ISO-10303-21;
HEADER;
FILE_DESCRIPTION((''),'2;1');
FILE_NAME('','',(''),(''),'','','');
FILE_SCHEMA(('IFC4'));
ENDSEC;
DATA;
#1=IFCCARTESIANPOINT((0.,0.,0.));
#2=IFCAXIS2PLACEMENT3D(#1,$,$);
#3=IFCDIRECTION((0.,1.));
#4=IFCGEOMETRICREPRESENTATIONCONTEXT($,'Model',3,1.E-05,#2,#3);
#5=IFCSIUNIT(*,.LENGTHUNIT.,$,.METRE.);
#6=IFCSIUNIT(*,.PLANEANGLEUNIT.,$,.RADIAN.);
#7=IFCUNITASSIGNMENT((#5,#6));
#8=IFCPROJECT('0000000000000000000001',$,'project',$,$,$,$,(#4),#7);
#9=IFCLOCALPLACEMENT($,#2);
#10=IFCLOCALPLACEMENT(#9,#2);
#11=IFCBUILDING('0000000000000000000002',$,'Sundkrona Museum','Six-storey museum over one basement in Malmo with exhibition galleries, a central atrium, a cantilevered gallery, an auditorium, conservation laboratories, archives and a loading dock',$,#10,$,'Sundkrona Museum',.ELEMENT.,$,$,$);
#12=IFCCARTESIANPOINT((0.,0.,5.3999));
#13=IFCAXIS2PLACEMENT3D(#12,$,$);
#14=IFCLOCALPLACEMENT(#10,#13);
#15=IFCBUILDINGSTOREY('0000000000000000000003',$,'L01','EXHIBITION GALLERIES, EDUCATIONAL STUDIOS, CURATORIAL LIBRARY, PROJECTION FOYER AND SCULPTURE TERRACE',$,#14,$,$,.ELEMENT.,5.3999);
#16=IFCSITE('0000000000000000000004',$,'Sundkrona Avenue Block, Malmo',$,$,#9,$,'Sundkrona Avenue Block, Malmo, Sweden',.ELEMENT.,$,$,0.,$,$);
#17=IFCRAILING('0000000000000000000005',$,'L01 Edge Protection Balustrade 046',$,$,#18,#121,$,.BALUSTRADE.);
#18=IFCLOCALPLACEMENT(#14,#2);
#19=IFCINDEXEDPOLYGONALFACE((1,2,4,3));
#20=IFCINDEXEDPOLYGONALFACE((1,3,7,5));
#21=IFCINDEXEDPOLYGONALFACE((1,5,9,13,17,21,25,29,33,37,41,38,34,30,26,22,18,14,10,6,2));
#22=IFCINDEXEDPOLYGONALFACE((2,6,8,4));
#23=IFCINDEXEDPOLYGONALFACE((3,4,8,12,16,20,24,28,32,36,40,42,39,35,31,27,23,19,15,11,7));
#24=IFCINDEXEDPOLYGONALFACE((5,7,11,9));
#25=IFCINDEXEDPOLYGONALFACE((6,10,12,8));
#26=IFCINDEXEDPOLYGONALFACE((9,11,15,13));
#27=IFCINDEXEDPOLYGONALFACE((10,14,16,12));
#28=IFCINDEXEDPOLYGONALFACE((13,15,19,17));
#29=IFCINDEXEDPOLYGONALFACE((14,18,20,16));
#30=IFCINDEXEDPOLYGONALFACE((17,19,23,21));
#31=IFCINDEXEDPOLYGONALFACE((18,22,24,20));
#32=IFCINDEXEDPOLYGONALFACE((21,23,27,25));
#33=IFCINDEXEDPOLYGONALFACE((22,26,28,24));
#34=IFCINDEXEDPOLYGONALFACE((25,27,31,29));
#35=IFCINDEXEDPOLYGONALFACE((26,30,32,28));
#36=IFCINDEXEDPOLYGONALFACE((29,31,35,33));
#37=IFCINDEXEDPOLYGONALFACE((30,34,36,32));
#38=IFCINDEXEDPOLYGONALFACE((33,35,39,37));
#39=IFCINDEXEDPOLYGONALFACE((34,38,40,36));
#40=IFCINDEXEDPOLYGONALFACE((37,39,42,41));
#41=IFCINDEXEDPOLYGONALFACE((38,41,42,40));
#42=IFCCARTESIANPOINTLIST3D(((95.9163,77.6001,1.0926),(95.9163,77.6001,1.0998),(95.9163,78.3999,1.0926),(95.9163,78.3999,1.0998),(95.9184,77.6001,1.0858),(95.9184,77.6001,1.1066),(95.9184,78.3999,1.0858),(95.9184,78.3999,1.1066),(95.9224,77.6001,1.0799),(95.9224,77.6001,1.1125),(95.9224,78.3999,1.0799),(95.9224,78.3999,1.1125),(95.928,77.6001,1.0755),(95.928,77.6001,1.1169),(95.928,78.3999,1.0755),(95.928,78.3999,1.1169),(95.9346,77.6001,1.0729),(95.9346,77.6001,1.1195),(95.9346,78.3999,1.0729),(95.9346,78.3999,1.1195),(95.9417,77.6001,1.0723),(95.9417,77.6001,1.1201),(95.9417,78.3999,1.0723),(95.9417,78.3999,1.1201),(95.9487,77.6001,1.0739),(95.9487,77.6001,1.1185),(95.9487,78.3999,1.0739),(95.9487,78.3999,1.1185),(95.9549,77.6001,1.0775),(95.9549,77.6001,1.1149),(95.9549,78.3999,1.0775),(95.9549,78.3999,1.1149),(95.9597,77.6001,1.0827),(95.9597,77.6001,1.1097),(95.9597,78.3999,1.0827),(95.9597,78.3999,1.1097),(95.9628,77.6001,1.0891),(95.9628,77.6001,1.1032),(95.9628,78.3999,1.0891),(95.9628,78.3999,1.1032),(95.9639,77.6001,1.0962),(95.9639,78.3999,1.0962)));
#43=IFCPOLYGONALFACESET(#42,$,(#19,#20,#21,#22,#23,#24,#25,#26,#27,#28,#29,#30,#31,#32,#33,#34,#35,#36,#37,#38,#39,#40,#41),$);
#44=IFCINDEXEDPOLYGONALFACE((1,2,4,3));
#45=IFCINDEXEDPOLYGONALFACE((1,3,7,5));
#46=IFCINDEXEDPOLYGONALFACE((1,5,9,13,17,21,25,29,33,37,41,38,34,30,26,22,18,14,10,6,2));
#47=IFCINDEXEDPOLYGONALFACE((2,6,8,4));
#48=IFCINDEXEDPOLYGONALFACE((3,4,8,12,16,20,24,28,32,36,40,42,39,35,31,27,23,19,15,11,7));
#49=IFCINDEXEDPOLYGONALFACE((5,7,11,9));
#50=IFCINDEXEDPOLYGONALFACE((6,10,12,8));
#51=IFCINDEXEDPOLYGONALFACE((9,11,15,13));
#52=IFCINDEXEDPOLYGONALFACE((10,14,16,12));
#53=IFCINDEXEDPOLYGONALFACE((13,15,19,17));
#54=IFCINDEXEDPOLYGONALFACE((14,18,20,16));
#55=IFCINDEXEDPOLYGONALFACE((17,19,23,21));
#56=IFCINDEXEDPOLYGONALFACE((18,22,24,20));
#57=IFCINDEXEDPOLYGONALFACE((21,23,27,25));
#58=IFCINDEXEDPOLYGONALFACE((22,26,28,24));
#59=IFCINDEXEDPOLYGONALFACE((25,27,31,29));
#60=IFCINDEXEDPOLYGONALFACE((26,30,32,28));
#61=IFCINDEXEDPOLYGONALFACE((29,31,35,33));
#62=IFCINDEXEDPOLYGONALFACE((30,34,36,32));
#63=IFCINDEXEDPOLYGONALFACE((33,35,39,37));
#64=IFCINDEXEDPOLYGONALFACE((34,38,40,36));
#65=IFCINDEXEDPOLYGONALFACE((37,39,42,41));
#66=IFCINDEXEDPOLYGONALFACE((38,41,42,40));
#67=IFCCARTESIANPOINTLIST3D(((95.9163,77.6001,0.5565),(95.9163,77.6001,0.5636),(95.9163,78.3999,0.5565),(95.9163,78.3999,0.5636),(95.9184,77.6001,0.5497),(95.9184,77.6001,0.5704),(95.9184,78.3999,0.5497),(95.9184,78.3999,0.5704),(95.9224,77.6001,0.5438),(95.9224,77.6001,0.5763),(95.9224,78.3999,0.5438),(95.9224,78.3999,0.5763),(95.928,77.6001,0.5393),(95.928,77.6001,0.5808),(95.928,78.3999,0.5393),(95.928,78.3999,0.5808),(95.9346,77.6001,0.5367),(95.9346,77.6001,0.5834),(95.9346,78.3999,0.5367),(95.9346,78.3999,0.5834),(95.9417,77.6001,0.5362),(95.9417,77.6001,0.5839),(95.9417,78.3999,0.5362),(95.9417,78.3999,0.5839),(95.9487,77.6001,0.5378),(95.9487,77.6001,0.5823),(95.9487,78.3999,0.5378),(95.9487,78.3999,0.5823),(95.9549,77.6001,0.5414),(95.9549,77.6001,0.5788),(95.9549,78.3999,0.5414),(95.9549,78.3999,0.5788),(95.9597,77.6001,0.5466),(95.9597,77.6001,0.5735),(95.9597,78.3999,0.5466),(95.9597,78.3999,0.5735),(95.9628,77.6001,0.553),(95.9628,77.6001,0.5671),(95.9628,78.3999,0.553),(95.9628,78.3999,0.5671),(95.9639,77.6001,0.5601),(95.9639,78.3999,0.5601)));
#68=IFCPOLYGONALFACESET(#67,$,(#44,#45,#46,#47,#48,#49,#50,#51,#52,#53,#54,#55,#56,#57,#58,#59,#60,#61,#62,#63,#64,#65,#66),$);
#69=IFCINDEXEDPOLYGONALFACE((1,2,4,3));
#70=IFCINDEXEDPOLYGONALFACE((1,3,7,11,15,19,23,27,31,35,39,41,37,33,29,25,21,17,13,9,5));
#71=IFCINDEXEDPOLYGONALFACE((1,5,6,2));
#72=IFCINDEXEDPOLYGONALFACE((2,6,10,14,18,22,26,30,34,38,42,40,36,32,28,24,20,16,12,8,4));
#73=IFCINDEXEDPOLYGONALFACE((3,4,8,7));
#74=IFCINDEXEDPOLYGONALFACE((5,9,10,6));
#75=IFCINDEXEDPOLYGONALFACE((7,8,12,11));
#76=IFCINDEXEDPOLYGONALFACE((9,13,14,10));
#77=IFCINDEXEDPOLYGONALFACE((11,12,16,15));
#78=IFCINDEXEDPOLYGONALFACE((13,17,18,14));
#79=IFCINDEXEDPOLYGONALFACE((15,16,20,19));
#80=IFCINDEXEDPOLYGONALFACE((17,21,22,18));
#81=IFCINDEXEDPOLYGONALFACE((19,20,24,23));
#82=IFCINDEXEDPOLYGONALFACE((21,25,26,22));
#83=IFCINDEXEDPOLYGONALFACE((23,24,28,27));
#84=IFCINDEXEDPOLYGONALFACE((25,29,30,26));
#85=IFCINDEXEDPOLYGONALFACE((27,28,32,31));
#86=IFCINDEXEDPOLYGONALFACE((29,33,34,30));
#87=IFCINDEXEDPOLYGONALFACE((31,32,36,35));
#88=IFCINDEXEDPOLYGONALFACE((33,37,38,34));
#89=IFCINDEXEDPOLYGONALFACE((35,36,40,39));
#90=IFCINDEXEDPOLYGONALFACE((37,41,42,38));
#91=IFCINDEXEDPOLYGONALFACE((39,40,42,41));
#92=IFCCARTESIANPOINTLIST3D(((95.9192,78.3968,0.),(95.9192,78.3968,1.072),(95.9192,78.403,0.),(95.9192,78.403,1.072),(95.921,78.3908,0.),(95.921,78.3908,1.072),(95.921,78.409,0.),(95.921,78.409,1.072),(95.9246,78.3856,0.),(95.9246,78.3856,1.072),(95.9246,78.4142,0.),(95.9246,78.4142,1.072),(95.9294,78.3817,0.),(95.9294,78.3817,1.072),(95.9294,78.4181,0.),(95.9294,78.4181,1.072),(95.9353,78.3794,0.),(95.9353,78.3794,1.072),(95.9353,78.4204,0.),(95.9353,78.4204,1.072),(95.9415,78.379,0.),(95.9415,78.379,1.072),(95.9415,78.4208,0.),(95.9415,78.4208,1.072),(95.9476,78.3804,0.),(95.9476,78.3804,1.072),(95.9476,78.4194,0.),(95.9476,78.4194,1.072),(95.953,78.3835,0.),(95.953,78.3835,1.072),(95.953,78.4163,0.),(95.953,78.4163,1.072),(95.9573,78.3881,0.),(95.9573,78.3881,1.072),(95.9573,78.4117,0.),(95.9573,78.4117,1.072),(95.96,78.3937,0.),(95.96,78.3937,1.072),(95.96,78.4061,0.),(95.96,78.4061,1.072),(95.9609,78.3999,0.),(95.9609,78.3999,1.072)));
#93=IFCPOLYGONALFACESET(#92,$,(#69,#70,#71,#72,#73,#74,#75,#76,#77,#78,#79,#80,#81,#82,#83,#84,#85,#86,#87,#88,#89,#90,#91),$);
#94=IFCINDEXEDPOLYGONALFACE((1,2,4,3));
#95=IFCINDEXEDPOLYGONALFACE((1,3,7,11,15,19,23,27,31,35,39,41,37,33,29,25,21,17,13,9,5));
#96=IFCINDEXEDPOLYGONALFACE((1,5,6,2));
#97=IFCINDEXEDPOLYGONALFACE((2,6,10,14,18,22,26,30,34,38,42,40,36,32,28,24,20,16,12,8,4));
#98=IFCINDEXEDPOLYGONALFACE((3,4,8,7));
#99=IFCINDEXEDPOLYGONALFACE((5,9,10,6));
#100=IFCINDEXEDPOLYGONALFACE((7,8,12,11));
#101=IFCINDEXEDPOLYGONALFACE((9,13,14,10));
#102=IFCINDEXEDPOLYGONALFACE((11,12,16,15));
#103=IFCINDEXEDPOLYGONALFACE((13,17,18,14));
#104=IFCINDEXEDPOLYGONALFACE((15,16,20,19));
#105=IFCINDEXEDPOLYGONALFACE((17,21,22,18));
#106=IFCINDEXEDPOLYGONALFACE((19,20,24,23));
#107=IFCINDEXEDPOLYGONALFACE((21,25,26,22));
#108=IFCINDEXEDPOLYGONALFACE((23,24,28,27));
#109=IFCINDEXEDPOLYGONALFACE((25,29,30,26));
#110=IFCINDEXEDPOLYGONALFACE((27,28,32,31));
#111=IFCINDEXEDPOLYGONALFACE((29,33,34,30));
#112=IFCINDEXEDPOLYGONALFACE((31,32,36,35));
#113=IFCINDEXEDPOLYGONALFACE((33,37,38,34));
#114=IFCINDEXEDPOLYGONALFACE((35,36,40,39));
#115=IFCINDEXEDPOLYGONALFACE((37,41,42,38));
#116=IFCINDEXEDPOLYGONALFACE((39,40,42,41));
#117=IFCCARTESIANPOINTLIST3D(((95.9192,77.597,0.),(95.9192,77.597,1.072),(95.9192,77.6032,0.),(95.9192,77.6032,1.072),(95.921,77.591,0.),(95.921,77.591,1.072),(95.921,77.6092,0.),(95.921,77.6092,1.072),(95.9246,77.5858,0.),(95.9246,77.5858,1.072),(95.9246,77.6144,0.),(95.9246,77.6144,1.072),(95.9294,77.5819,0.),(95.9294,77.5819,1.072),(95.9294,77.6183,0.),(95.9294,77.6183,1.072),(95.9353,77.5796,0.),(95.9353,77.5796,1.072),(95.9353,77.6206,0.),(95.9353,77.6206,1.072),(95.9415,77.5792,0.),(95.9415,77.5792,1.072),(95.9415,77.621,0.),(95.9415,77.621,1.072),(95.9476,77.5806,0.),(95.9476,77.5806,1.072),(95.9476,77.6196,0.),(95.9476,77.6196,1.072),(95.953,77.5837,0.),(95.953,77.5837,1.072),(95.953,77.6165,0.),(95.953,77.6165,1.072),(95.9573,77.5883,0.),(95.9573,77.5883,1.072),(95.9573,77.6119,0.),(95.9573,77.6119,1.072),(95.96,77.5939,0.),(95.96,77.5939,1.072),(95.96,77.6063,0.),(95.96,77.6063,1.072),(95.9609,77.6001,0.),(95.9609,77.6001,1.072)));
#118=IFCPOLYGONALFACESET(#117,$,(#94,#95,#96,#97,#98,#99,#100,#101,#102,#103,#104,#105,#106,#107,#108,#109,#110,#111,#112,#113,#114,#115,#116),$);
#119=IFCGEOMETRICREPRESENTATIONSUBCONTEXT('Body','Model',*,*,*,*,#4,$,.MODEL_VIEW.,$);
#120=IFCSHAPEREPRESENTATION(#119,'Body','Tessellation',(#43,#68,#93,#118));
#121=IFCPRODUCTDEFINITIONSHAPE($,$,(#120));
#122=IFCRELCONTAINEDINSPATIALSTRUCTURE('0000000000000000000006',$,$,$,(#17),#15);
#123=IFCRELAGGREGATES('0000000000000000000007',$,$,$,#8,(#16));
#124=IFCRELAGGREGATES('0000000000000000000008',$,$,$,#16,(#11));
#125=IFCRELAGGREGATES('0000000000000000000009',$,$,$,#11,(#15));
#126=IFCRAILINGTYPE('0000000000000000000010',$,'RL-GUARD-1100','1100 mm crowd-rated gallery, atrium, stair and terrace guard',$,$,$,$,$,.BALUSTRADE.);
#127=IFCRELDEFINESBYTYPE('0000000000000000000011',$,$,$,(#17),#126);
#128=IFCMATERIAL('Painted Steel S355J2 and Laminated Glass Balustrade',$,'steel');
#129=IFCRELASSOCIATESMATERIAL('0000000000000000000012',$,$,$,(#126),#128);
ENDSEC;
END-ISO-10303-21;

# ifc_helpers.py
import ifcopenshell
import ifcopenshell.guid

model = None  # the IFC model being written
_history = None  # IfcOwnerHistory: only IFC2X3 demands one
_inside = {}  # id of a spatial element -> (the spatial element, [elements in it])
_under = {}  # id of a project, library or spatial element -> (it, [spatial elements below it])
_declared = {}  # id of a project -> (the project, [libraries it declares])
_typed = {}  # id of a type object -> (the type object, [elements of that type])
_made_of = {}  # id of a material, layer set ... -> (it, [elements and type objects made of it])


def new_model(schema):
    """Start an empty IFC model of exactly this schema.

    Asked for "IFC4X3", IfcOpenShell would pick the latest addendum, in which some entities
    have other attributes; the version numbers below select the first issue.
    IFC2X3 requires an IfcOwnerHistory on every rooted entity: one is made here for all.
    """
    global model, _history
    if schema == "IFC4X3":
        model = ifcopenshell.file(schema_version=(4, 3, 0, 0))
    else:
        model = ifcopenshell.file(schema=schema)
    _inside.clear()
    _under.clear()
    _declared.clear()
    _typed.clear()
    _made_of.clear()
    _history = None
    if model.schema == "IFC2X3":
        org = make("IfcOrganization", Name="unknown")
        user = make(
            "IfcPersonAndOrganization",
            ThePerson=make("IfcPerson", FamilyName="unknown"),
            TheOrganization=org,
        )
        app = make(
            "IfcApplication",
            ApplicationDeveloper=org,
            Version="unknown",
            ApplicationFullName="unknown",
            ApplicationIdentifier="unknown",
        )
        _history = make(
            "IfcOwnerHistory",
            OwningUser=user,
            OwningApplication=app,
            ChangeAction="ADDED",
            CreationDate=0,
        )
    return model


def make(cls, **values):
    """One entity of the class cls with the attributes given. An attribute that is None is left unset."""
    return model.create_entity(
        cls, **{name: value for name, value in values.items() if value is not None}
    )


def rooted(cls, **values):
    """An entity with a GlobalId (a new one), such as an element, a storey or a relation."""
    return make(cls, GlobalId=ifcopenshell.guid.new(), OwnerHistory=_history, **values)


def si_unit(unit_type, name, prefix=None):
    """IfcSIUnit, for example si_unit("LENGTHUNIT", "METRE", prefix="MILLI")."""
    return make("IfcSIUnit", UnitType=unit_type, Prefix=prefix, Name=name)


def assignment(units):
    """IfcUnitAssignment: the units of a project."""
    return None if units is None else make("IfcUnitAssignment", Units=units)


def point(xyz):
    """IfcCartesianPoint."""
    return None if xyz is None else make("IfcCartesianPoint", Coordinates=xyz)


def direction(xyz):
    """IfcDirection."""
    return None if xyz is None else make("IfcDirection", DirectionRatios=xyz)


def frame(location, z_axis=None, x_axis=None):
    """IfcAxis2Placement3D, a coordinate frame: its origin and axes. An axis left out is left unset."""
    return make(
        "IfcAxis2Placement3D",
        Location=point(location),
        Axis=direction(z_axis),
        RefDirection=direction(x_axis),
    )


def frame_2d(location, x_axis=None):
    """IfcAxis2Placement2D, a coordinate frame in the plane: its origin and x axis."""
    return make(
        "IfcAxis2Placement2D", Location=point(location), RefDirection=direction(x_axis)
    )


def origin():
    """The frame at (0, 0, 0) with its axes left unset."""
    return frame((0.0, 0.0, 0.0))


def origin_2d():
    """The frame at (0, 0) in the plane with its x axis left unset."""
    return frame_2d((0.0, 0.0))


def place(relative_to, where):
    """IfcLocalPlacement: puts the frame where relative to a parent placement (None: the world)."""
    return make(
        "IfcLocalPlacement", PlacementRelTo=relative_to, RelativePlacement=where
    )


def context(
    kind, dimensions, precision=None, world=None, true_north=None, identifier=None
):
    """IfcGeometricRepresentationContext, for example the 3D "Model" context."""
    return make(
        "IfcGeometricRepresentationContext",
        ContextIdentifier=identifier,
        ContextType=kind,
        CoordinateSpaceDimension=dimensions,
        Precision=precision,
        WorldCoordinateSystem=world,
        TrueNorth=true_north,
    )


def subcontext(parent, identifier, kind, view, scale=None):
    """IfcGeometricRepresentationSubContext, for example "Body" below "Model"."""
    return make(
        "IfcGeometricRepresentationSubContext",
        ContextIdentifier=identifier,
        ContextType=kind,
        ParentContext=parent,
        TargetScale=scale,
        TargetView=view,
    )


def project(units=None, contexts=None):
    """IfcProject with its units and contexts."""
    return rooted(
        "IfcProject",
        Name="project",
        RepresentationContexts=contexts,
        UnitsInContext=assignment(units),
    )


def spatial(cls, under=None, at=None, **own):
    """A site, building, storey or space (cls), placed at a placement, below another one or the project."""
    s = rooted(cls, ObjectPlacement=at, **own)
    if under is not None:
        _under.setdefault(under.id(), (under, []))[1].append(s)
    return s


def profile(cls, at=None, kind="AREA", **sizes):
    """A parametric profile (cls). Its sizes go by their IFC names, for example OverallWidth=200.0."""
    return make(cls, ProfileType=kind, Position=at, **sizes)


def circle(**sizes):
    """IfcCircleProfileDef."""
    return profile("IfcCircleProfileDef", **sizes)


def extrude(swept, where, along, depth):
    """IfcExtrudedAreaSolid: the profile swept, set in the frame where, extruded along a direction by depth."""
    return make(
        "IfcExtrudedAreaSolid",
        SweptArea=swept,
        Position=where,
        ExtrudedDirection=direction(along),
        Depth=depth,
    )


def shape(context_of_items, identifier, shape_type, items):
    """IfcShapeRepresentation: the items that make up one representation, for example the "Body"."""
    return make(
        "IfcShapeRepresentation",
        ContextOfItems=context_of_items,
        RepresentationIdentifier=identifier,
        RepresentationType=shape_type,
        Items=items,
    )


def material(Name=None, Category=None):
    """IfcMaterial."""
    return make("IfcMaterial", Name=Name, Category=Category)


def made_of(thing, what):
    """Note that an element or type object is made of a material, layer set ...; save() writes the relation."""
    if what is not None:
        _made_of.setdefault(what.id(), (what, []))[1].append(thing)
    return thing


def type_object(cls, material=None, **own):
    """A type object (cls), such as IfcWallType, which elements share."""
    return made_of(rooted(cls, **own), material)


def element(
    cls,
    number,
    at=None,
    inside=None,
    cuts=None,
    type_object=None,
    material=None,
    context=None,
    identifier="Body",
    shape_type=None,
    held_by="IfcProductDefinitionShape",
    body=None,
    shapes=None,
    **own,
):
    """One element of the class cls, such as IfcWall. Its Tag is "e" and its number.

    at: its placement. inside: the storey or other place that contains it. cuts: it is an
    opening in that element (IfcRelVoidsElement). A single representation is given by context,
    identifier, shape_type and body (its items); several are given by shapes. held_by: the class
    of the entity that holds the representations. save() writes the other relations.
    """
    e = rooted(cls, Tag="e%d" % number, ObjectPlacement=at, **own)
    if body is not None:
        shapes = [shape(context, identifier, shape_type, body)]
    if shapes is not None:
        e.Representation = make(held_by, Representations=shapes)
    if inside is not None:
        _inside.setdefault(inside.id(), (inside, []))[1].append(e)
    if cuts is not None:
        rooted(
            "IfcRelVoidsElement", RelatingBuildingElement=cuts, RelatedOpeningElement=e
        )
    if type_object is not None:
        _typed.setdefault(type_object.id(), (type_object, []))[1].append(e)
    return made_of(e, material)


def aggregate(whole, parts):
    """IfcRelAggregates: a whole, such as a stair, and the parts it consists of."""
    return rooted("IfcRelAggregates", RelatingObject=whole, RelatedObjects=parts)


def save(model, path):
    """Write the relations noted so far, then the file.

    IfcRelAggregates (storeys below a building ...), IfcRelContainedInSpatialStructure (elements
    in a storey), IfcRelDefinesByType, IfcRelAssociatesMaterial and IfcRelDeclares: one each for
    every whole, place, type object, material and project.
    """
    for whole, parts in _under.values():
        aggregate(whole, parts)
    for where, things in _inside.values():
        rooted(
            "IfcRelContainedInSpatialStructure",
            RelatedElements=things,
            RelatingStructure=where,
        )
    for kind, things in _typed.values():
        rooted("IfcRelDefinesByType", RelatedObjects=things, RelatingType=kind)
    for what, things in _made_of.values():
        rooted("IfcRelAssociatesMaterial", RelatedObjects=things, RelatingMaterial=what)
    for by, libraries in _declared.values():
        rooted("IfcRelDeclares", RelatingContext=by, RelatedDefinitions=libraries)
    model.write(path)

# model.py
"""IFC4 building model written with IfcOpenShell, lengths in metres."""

from ifc_helpers import new_model, si_unit, direction, frame, origin, origin_2d, place, context, subcontext, project, spatial, circle, extrude, material, type_object, element, save


model = new_model("IFC4")

# Units and contexts
model_context = context("Model", 3, precision=1e-05, world=origin(), true_north=direction((0.0, 1.0)))
body_context = subcontext(model_context, "Body", "Model", "MODEL_VIEW")
ifc_project = project(units=[si_unit("LENGTHUNIT", "METRE"), si_unit("PLANEANGLEUNIT", "RADIAN")], contexts=[model_context])

# Site, building, storey
site_placement = place(None, origin())
site = spatial("IfcSite", under=ifc_project, at=site_placement, Name="Sundkrona Avenue Block, Malmo", LongName="Sundkrona Avenue Block, Malmo, Sweden", CompositionType="ELEMENT", RefElevation=0.0)
building_placement = place(site_placement, origin())
building = spatial("IfcBuilding", under=site, at=building_placement, Name="Sundkrona Museum", Description="Six-storey museum over one basement in Malmo with exhibition galleries, a central atrium, a cantilevered gallery, an auditorium, conservation laboratories, archives and a loading dock", LongName="Sundkrona Museum", CompositionType="ELEMENT")
storey_placement = place(building_placement, frame((0.0, 0.0, 5.3999)))
storey = spatial("IfcBuildingStorey", under=building, at=storey_placement, Name="L01", Description="EXHIBITION GALLERIES, EDUCATIONAL STUDIOS, CURATORIAL LIBRARY, PROJECTION FOYER AND SCULPTURE TERRACE", CompositionType="ELEMENT", Elevation=5.3999)

# Railing
ifc_material_1 = material(Name="Painted Steel S355J2 and Laminated Glass Balustrade", Category="steel")
railing_type = type_object("IfcRailingType", Name="RL-GUARD-1100", Description="1100 mm crowd-rated gallery, atrium, stair and terrace guard", PredefinedType="BALUSTRADE", material=ifc_material_1)
for number, where, name in (
    (1, (95.9399, 78.3999, 0.0), "L01 Edge Protection Balustrade 046"),
):
    element("IfcRailing", number, at=place(storey_placement, frame(where)), inside=storey, type_object=railing_type, Name=name, PredefinedType="BALUSTRADE", context=body_context, shape_type="SweptSolid", body=[
        extrude(circle(Radius=0.0239, at=origin_2d()), frame((0.0, 0.0, 1.0962), z_axis=(0.0, -1.0, 0.0), x_axis=(1.0, 0.0, 0.0)), (0.0, 0.0, 1.0), 0.7998),
        extrude(circle(Radius=0.0239, at=origin_2d()), frame((0.0, 0.0, 0.5601), z_axis=(0.0, -1.0, 0.0), x_axis=(1.0, 0.0, 0.0)), (0.0, 0.0, 1.0), 0.7998),
        extrude(circle(Radius=0.021, at=origin_2d()), origin(), (0.0, 0.0, 1.0), 1.072),
        extrude(circle(Radius=0.021, at=origin_2d()), frame((0.0, -0.7998, 0.0)), (0.0, 0.0, 1.0), 1.072),
    ])

save(model, "model.ifc")
